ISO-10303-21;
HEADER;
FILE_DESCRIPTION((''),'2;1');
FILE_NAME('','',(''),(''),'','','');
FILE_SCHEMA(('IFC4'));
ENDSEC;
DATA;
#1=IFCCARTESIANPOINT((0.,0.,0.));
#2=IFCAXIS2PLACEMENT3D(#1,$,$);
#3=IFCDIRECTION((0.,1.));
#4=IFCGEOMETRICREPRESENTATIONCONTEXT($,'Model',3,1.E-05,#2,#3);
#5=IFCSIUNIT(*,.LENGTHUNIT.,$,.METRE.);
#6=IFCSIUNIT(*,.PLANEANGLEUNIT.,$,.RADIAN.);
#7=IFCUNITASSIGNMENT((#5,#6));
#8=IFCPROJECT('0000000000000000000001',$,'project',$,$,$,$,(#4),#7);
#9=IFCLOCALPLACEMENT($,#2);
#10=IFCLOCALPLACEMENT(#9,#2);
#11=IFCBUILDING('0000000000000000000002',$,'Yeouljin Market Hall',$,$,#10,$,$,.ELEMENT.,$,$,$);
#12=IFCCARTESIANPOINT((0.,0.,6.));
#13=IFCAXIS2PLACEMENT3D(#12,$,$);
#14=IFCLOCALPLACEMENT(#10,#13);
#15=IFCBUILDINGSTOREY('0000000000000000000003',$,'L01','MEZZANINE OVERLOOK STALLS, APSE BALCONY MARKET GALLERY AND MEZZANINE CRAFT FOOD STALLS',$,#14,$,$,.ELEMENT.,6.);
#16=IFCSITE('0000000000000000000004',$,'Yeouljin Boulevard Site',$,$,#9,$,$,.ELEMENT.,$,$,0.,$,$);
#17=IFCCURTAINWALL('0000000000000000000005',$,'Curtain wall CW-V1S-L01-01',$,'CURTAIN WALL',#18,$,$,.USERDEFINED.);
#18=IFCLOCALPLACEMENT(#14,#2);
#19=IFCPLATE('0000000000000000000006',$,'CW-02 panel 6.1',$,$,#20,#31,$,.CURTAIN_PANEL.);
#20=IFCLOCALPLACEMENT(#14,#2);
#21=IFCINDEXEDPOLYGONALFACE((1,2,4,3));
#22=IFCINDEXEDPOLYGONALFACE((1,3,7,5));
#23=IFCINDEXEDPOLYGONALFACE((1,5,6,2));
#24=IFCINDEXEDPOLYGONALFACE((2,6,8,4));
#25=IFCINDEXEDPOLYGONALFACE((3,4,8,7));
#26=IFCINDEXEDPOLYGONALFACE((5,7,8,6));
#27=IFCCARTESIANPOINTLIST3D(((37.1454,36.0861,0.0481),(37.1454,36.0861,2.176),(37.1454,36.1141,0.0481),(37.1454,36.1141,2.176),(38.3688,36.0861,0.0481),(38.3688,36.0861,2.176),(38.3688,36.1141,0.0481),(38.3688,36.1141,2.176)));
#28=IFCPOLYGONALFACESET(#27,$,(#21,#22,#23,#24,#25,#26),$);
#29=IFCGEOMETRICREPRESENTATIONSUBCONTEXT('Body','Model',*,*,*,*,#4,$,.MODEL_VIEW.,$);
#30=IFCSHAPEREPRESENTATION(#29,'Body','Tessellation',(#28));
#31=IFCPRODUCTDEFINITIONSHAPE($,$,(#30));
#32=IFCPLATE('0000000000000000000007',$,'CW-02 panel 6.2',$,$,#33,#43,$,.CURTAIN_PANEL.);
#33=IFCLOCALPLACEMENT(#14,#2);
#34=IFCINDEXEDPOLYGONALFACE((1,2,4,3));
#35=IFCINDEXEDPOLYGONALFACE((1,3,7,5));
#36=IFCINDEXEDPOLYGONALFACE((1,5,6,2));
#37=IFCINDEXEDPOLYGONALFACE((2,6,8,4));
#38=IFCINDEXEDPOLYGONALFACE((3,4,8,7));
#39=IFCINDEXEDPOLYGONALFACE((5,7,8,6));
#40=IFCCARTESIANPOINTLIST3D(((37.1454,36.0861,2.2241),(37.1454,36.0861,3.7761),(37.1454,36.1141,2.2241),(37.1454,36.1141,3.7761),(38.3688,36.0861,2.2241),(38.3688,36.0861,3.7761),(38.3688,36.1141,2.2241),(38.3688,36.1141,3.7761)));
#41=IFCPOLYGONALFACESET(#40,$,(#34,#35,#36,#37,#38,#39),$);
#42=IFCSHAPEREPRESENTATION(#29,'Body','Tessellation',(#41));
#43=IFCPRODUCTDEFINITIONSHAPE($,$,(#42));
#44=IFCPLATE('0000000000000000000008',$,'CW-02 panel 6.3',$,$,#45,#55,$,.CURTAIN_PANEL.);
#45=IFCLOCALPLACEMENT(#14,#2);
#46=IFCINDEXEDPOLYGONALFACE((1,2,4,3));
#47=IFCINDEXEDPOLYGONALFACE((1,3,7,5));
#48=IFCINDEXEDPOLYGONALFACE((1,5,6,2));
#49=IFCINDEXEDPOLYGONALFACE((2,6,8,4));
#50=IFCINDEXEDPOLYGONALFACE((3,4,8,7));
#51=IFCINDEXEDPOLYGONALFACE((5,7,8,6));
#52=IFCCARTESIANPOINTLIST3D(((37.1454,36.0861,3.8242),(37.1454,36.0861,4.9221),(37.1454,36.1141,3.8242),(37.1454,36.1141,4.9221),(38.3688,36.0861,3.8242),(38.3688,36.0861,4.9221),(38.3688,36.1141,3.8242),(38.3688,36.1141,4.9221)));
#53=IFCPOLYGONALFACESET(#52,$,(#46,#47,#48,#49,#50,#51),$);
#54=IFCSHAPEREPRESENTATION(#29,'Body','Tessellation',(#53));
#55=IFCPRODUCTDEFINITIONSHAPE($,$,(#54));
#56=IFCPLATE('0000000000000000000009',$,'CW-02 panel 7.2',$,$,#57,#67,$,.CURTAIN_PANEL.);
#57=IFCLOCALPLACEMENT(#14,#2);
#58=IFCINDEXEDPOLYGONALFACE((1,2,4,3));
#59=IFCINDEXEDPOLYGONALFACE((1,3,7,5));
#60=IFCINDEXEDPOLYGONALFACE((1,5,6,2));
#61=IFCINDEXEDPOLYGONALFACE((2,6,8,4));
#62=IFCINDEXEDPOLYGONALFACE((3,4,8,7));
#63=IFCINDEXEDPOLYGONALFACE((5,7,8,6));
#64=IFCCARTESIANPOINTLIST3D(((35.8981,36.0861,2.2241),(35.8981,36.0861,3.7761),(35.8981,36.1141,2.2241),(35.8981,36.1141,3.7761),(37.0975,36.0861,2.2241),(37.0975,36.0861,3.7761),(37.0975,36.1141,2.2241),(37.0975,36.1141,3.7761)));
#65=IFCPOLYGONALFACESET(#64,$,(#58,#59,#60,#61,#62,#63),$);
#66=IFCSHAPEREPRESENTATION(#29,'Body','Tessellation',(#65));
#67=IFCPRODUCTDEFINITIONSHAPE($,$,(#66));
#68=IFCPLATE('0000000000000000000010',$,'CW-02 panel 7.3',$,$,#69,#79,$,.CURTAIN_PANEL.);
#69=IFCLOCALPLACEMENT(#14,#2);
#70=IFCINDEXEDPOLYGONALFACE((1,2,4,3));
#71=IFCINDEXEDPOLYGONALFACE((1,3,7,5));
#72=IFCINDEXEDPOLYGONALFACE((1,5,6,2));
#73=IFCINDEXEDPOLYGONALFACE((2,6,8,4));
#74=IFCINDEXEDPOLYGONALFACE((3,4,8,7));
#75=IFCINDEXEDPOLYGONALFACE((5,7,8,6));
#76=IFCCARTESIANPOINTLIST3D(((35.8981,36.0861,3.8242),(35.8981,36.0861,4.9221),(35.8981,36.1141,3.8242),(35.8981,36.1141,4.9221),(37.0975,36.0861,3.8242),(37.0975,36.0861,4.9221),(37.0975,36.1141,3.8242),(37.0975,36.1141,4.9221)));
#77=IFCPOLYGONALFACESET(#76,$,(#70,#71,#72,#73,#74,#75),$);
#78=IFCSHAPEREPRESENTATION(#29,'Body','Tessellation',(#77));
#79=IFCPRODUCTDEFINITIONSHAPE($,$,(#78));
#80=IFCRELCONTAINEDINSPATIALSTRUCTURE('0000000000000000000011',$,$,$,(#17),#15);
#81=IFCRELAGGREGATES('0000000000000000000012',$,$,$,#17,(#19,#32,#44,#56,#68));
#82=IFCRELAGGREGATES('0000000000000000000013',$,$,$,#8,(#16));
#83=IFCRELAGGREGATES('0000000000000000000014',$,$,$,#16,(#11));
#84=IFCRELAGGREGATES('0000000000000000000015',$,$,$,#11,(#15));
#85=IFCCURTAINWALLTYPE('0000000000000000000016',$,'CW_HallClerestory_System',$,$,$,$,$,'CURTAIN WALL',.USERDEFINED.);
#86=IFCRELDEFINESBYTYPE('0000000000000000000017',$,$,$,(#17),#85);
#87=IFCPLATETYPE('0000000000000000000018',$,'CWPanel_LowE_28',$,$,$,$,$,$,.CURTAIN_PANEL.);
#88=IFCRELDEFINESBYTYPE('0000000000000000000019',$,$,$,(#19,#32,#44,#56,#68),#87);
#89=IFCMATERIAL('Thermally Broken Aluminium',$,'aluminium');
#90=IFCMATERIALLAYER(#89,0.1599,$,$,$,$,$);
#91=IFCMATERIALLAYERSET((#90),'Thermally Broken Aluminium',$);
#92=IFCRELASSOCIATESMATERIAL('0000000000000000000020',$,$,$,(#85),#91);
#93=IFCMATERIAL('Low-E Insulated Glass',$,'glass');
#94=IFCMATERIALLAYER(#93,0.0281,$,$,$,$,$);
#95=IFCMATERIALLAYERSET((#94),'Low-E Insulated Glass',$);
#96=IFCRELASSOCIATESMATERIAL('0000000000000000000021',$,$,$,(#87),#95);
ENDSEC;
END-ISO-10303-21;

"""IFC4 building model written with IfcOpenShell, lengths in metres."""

from ifc_helpers import new_model, si_unit, direction, frame, origin, origin_2d, place, context, subcontext, project, spatial, rectangle, extrude, material, layer, layer_set, type_object, element, aggregate, save


model = new_model("IFC4")

# Units and contexts
model_context = context("Model", 3, precision=1e-05, world=origin(), true_north=direction((0.0, 1.0)))
body_context = subcontext(model_context, "Body", "Model", "MODEL_VIEW")
ifc_project = project(units=[si_unit("LENGTHUNIT", "METRE"), si_unit("PLANEANGLEUNIT", "RADIAN")], contexts=[model_context])

# Site, building, storey
site_placement = place(None, origin())
site = spatial("IfcSite", under=ifc_project, at=site_placement, Name="Yeouljin Boulevard Site", CompositionType="ELEMENT", RefElevation=0.0)
building_placement = place(site_placement, origin())
building = spatial("IfcBuilding", under=site, at=building_placement, Name="Yeouljin Market Hall", CompositionType="ELEMENT")
storey_placement = place(building_placement, frame((0.0, 0.0, 6.0)))
storey = spatial("IfcBuildingStorey", under=building, at=storey_placement, Name="L01", Description="MEZZANINE OVERLOOK STALLS, APSE BALCONY MARKET GALLERY AND MEZZANINE CRAFT FOOD STALLS", CompositionType="ELEMENT", Elevation=6.0)

# Curtain wall
ifc_material_1 = material(Name="Thermally Broken Aluminium", Category="aluminium")
ifc_layer_1 = layer(ifc_material_1, 0.1599)
ifc_layer_set_1 = layer_set([ifc_layer_1], Name="Thermally Broken Aluminium")
curtain_wall_type = type_object("IfcCurtainWallType", Name="CW_HallClerestory_System", ElementType="CURTAIN WALL", PredefinedType="USERDEFINED", material=ifc_layer_set_1)
curtain_wall_placement = place(storey_placement, origin())
curtain_wall = element("IfcCurtainWall", 1, at=curtain_wall_placement, inside=storey, type_object=curtain_wall_type, Name="Curtain wall CW-V1S-L01-01", ObjectType="CURTAIN WALL", PredefinedType="USERDEFINED")

# Plates
ifc_material_2 = material(Name="Low-E Insulated Glass", Category="glass")
ifc_layer_2 = layer(ifc_material_2, 0.0281)
ifc_layer_set_2 = layer_set([ifc_layer_2], Name="Low-E Insulated Glass")
plate_type = type_object("IfcPlateType", Name="CWPanel_LowE_28", PredefinedType="CURTAIN_PANEL", material=ifc_layer_set_2)
plate_1_placement = place(storey_placement, frame((37.7571, 36.1001, 0.0481), z_axis=(0.0, 0.0, 1.0), x_axis=(-1.0, 0.0, 0.0)))
plate_1 = element("IfcPlate", 2, at=plate_1_placement, type_object=plate_type, Name="CW-02 panel 6.1", PredefinedType="CURTAIN_PANEL", context=body_context, shape_type="SweptSolid", body=[
    extrude(rectangle(XDim=1.2234, YDim=0.0281, at=origin_2d()), origin(), (0.0, 0.0, 1.0), 2.1279),
])
plate_2_placement = place(storey_placement, frame((37.7571, 36.1001, 2.2241), z_axis=(0.0, 0.0, 1.0), x_axis=(-1.0, 0.0, 0.0)))
plate_2 = element("IfcPlate", 3, at=plate_2_placement, type_object=plate_type, Name="CW-02 panel 6.2", PredefinedType="CURTAIN_PANEL", context=body_context, shape_type="SweptSolid", body=[
    extrude(rectangle(XDim=1.2234, YDim=0.0281, at=origin_2d()), origin(), (0.0, 0.0, 1.0), 1.552),
])
plate_3_placement = place(storey_placement, frame((37.7571, 36.1001, 3.8242), z_axis=(0.0, 0.0, 1.0), x_axis=(-1.0, 0.0, 0.0)))
plate_3 = element("IfcPlate", 4, at=plate_3_placement, type_object=plate_type, Name="CW-02 panel 6.3", PredefinedType="CURTAIN_PANEL", context=body_context, shape_type="SweptSolid", body=[
    extrude(rectangle(XDim=1.2234, YDim=0.0281, at=origin_2d()), origin(), (0.0, 0.0, 1.0), 1.0979),
])
plate_4_placement = place(storey_placement, frame((36.4978, 36.1001, 2.2241), z_axis=(0.0, 0.0, 1.0), x_axis=(-1.0, 0.0, 0.0)))
plate_4 = element("IfcPlate", 5, at=plate_4_placement, type_object=plate_type, Name="CW-02 panel 7.2", PredefinedType="CURTAIN_PANEL", context=body_context, shape_type="SweptSolid", body=[
    extrude(rectangle(XDim=1.1995, YDim=0.0281, at=origin_2d()), origin(), (0.0, 0.0, 1.0), 1.552),
])
plate_5_placement = place(storey_placement, frame((36.4978, 36.1001, 3.8242), z_axis=(0.0, 0.0, 1.0), x_axis=(-1.0, 0.0, 0.0)))
plate_5 = element("IfcPlate", 6, at=plate_5_placement, type_object=plate_type, Name="CW-02 panel 7.3", PredefinedType="CURTAIN_PANEL", context=body_context, shape_type="SweptSolid", body=[
    extrude(rectangle(XDim=1.1995, YDim=0.0281, at=origin_2d()), origin(), (0.0, 0.0, 1.0), 1.0979),
])
aggregate(curtain_wall, [plate_1, plate_2, plate_3, plate_4, plate_5])

save(model, "model.ifc")
